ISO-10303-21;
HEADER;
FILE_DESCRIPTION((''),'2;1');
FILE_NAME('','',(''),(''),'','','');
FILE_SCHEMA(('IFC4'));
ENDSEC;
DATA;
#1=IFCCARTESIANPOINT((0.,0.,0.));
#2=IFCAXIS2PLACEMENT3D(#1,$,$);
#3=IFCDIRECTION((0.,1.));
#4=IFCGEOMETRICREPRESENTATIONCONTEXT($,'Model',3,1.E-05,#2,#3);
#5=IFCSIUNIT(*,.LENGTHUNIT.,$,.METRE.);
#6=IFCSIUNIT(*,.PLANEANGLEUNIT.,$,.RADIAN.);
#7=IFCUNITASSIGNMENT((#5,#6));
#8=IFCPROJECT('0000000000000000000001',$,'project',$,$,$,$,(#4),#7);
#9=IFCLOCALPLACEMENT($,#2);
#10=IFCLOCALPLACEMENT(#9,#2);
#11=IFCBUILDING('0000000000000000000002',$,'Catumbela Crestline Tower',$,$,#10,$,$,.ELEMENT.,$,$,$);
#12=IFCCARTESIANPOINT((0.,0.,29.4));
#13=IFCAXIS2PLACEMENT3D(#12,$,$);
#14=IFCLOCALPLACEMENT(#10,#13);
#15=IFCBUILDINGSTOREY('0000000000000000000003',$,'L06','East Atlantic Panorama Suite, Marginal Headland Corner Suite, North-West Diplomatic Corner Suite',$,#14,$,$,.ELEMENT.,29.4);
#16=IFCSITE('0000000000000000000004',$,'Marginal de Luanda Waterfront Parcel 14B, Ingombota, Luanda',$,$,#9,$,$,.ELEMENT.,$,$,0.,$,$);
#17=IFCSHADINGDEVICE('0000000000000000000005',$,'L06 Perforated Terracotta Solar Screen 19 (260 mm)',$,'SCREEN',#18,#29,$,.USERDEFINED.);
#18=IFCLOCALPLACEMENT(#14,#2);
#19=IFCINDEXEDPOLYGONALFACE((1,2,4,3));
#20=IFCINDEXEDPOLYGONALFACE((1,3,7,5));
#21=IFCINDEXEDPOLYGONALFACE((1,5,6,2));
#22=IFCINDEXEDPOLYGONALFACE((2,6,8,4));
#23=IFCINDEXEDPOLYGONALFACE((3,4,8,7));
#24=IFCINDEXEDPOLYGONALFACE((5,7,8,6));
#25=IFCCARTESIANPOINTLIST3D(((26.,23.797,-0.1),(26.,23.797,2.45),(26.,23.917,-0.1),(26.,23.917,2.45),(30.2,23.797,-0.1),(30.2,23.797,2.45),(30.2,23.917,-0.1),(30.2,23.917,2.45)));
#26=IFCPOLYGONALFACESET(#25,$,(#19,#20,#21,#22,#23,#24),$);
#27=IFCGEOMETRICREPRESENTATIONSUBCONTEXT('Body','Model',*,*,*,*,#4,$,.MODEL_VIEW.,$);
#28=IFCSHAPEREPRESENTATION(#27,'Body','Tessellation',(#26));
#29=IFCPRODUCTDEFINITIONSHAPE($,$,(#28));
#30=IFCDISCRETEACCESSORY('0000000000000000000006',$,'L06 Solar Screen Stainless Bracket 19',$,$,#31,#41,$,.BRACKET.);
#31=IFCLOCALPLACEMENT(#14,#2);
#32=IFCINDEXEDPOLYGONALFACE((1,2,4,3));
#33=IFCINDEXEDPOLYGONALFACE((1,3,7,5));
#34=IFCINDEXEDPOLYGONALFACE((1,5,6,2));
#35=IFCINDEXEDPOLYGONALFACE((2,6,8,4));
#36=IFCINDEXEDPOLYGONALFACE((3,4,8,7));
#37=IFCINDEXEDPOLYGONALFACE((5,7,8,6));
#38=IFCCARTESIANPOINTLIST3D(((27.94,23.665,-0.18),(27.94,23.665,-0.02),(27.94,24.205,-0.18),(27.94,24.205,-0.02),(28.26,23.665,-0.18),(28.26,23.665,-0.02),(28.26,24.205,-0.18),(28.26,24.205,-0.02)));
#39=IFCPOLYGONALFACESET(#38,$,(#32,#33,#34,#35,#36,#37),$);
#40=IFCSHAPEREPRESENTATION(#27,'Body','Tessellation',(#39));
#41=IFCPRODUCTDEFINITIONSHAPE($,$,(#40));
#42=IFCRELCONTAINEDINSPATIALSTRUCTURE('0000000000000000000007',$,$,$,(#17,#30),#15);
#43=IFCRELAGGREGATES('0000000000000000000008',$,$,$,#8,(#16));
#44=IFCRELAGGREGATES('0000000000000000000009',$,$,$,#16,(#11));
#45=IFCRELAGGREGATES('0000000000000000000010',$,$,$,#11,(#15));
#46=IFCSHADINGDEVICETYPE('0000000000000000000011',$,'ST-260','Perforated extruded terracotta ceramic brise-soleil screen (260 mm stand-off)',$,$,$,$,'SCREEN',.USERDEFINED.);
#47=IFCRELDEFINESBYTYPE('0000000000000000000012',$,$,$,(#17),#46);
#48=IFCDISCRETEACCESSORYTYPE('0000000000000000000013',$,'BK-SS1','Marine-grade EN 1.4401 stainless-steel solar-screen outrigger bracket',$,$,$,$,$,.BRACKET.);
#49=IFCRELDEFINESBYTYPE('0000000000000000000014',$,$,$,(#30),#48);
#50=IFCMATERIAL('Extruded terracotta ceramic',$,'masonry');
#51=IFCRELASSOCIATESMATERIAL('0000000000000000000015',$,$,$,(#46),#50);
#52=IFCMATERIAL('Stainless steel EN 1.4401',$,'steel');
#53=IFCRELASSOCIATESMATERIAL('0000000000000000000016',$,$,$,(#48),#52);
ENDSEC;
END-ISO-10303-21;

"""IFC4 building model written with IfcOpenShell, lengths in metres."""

from ifc_helpers import new_model, si_unit, direction, frame, origin, origin_2d, place, context, subcontext, project, spatial, rectangle, extrude, material, type_object, element, save


model = new_model("IFC4")

# Units and contexts
model_context = context("Model", 3, precision=1e-05, world=origin(), true_north=direction((0.0, 1.0)))
body_context = subcontext(model_context, "Body", "Model", "MODEL_VIEW")
ifc_project = project(units=[si_unit("LENGTHUNIT", "METRE"), si_unit("PLANEANGLEUNIT", "RADIAN")], contexts=[model_context])

# Site, building, storey
site_placement = place(None, origin())
site = spatial("IfcSite", under=ifc_project, at=site_placement, Name="Marginal de Luanda Waterfront Parcel 14B, Ingombota, Luanda", CompositionType="ELEMENT", RefElevation=0.0)
building_placement = place(site_placement, origin())
building = spatial("IfcBuilding", under=site, at=building_placement, Name="Catumbela Crestline Tower", CompositionType="ELEMENT")
storey_placement = place(building_placement, frame((0.0, 0.0, 29.4)))
storey = spatial("IfcBuildingStorey", under=building, at=storey_placement, Name="L06", Description="East Atlantic Panorama Suite, Marginal Headland Corner Suite, North-West Diplomatic Corner Suite", CompositionType="ELEMENT", Elevation=29.4)

# Shared definitions
ifc_material_1 = material(Name="Stainless steel EN 1.4401", Category="steel")

# Shading device
ifc_material_2 = material(Name="Extruded terracotta ceramic", Category="masonry")
shading_device_type = type_object("IfcShadingDeviceType", Name="ST-260", Description="Perforated extruded terracotta ceramic brise-soleil screen (260 mm stand-off)", ElementType="SCREEN", PredefinedType="USERDEFINED", material=ifc_material_2)
for number, where, z_axis, x_axis, name in (
    (1, (28.1, 23.857, -0.1), (0.0, 0.0, 1.0), (1.0, 0.0, 0.0), "L06 Perforated Terracotta Solar Screen 19 (260 mm)"),
):
    element("IfcShadingDevice", number, at=place(storey_placement, frame(where, z_axis=z_axis, x_axis=x_axis)), inside=storey, type_object=shading_device_type, Name=name, ObjectType="SCREEN", PredefinedType="USERDEFINED", context=body_context, shape_type="SweptSolid", body=[
        extrude(rectangle(XDim=4.2, YDim=0.12, at=origin_2d()), origin(), (0.0, 0.0, 1.0), 2.55),
    ])

# Discrete accessory
discrete_accessory_type = type_object("IfcDiscreteAccessoryType", Name="BK-SS1", Description="Marine-grade EN 1.4401 stainless-steel solar-screen outrigger bracket", PredefinedType="BRACKET", material=ifc_material_1)
discrete_accessory_placement = place(storey_placement, frame((28.1, 23.935, -0.18), z_axis=(0.0, 0.0, 1.0), x_axis=(1.0, 0.0, 0.0)))
element("IfcDiscreteAccessory", 2, at=discrete_accessory_placement, inside=storey, type_object=discrete_accessory_type, Name="L06 Solar Screen Stainless Bracket 19", PredefinedType="BRACKET", context=body_context, shape_type="SweptSolid", body=[
    extrude(rectangle(XDim=0.32, YDim=0.54, at=origin_2d()), origin(), (0.0, 0.0, 1.0), 0.16),
])

save(model, "model.ifc")
